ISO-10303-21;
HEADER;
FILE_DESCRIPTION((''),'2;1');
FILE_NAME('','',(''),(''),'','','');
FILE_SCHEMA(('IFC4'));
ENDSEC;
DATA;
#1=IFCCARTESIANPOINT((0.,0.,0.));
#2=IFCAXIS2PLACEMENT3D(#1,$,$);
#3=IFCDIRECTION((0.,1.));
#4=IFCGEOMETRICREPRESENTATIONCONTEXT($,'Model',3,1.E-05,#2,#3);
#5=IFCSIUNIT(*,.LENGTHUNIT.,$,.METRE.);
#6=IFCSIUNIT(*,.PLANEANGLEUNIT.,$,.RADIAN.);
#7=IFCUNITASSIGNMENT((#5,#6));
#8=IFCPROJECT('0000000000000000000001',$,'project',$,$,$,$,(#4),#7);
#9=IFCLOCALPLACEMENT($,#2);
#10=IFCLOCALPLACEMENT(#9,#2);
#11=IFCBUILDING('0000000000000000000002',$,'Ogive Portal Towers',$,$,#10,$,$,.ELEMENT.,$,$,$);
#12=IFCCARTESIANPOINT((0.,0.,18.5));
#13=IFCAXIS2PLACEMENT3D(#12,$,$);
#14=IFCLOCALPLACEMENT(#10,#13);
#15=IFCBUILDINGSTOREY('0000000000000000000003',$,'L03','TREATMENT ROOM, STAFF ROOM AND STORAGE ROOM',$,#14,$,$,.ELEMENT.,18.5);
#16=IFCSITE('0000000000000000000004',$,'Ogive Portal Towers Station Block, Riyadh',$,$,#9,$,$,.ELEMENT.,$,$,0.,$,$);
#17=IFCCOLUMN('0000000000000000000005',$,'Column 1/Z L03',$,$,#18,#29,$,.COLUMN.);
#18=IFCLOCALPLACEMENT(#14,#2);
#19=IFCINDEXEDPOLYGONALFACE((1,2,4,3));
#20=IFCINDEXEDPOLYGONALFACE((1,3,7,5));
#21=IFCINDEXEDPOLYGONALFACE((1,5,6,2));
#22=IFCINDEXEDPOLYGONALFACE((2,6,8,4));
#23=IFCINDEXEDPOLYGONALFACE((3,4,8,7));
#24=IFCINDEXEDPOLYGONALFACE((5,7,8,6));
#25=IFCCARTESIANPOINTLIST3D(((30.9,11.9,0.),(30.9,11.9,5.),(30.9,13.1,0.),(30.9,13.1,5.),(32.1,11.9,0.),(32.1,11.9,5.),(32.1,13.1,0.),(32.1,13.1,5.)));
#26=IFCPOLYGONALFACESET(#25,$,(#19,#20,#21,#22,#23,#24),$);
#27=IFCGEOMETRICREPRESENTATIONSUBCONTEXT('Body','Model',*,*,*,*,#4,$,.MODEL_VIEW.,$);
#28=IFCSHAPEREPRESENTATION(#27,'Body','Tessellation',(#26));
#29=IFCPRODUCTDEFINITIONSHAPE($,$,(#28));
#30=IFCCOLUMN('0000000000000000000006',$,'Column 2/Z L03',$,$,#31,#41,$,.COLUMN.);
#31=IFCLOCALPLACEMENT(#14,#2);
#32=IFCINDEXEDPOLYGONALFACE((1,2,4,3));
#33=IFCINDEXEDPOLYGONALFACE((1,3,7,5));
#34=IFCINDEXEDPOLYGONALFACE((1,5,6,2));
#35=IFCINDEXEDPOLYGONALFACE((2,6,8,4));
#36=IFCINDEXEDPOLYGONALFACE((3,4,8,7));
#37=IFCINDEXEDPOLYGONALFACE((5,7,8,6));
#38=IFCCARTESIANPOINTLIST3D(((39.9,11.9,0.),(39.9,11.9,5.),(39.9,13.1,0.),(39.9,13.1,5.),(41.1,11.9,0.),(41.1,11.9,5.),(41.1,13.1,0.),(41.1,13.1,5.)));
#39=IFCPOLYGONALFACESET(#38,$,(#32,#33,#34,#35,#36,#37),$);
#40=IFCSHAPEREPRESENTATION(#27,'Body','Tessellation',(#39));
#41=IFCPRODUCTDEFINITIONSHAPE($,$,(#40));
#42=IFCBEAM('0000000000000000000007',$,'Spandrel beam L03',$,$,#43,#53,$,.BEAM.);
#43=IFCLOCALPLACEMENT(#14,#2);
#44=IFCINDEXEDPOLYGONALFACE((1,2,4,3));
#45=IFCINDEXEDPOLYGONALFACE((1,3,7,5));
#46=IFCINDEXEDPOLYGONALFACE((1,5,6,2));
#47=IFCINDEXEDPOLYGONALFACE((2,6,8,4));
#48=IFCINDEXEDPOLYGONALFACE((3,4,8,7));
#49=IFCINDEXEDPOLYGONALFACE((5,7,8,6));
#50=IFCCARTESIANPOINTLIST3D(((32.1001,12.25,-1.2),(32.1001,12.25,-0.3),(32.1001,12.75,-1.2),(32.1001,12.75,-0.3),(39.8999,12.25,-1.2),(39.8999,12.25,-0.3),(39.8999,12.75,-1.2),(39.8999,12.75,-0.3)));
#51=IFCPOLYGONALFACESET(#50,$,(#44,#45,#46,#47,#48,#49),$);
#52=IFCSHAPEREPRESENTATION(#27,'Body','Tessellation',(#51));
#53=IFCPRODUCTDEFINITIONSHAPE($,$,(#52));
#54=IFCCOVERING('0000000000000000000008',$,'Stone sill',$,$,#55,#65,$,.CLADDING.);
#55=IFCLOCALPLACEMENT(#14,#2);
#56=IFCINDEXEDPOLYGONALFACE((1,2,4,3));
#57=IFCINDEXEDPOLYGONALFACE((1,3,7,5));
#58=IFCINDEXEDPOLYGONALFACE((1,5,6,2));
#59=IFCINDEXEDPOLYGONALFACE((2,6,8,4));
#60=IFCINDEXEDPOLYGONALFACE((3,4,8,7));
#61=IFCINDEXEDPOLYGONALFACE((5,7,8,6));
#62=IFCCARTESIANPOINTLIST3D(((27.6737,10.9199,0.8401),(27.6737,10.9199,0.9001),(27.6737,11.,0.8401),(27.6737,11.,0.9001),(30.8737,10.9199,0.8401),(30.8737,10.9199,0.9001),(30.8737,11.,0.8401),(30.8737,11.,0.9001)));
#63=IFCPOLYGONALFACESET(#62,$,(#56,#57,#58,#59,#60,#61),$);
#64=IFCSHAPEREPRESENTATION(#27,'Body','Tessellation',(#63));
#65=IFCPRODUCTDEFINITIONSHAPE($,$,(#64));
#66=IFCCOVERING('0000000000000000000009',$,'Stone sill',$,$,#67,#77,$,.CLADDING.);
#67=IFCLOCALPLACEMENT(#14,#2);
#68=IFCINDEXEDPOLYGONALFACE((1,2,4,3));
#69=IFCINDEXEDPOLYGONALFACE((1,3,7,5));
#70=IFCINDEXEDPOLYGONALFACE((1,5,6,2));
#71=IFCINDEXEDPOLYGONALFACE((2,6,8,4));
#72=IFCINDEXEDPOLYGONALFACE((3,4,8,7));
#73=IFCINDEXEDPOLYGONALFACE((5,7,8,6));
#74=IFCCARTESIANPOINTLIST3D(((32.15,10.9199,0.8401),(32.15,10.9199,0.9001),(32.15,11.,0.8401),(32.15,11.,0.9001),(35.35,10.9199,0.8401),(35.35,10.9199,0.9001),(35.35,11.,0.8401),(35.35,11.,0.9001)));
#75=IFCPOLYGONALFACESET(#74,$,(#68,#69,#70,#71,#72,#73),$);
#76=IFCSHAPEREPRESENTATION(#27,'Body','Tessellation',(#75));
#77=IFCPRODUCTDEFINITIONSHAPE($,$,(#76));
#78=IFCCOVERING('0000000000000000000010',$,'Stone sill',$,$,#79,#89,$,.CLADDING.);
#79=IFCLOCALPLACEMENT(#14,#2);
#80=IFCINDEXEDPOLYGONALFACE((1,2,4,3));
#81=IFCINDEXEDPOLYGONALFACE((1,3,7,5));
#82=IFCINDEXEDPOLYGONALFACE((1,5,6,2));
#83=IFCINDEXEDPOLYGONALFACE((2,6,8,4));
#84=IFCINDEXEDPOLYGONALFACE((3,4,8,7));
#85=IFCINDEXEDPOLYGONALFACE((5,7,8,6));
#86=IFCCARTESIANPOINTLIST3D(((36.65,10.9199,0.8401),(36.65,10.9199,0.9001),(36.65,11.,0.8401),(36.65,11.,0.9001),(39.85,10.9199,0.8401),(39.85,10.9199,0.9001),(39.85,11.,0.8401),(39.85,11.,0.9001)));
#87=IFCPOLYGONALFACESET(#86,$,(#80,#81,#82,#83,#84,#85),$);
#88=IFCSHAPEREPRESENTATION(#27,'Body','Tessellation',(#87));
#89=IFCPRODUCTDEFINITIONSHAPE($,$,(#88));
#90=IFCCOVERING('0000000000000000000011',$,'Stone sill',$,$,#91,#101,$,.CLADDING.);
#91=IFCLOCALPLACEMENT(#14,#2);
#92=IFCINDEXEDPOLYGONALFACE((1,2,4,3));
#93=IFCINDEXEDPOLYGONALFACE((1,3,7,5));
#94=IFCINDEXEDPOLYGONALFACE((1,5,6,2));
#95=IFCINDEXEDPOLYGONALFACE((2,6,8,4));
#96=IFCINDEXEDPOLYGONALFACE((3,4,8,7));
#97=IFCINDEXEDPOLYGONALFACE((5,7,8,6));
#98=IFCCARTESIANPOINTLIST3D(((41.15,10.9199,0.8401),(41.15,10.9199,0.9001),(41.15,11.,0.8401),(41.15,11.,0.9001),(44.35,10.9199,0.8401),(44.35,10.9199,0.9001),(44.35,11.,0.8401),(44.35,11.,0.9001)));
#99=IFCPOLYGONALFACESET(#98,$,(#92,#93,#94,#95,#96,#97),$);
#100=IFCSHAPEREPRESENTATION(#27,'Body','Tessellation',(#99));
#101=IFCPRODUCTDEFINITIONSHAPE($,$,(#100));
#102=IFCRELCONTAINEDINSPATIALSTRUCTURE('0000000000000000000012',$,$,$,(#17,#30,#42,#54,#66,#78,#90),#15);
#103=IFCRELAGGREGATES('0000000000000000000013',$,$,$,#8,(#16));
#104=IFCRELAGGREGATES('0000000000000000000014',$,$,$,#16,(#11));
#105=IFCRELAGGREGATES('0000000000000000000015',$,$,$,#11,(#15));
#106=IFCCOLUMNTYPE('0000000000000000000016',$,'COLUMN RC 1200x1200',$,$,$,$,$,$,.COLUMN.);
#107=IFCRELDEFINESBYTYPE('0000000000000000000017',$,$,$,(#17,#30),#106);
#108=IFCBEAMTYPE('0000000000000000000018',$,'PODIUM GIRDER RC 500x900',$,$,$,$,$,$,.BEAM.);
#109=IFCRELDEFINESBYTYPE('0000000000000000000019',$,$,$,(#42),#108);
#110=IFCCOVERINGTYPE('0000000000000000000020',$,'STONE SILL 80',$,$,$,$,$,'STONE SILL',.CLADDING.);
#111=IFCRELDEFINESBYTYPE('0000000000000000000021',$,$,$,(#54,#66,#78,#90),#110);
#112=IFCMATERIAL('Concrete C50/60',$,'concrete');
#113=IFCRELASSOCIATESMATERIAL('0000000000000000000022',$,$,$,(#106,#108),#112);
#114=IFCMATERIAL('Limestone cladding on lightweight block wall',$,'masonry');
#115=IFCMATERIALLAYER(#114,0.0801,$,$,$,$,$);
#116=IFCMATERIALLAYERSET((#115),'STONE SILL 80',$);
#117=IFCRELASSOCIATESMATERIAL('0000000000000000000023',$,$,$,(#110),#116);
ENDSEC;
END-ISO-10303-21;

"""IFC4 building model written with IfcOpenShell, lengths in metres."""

from ifc_helpers import new_model, si_unit, direction, frame, origin, origin_2d, place, context, subcontext, project, spatial, rectangle, extrude, material, layer, layer_set, material_profile, profile_set, type_object, element, save


model = new_model("IFC4")

# Units and contexts
model_context = context("Model", 3, precision=1e-05, world=origin(), true_north=direction((0.0, 1.0)))
body_context = subcontext(model_context, "Body", "Model", "MODEL_VIEW")
ifc_project = project(units=[si_unit("LENGTHUNIT", "METRE"), si_unit("PLANEANGLEUNIT", "RADIAN")], contexts=[model_context])

# Site, building, storey
site_placement = place(None, origin())
site = spatial("IfcSite", under=ifc_project, at=site_placement, Name="Ogive Portal Towers Station Block, Riyadh", CompositionType="ELEMENT", RefElevation=0.0)
building_placement = place(site_placement, origin())
building = spatial("IfcBuilding", under=site, at=building_placement, Name="Ogive Portal Towers", CompositionType="ELEMENT")
storey_placement = place(building_placement, frame((0.0, 0.0, 18.5)))
storey = spatial("IfcBuildingStorey", under=building, at=storey_placement, Name="L03", Description="TREATMENT ROOM, STAFF ROOM AND STORAGE ROOM", CompositionType="ELEMENT", Elevation=18.5)

# Columns
ifc_material_1 = material(Name="Concrete C50/60", Category="concrete")
ifc_material_profile_1 = material_profile(ifc_material_1, rectangle(XDim=1.2, YDim=1.2, at=origin_2d()), Name="RC 1200x1200")
ifc_profile_set_1 = profile_set([ifc_material_profile_1], Name="Concrete C50/60")
column_type = type_object("IfcColumnType", Name="COLUMN RC 1200x1200", PredefinedType="COLUMN", material=ifc_profile_set_1)
for number, where, z_axis, x_axis, name in (
    (1, (31.5, 12.5, 0.0), (0.0, 0.0, 1.0), (1.0, 0.0, 0.0), "Column 1/Z L03"),
    (2, (40.5, 12.5, 0.0), (0.0, 0.0, 1.0), (1.0, 0.0, 0.0), "Column 2/Z L03"),
):
    element("IfcColumn", number, at=place(storey_placement, frame(where, z_axis=z_axis, x_axis=x_axis)), inside=storey, type_object=column_type, Name=name, PredefinedType="COLUMN", context=body_context, shape_type="SweptSolid", body=[
        extrude(rectangle(XDim=1.2, YDim=1.2, at=origin_2d()), origin(), (0.0, 0.0, 1.0), 5.0),
    ])

# Beam
ifc_material_profile_2 = material_profile(ifc_material_1, rectangle(XDim=0.5, YDim=0.8999, at=origin_2d()), Name="RC 500x900")
ifc_profile_set_2 = profile_set([ifc_material_profile_2], Name="Concrete C50/60")
beam_type = type_object("IfcBeamType", Name="PODIUM GIRDER RC 500x900", PredefinedType="BEAM", material=ifc_profile_set_2)
beam_placement = place(storey_placement, frame((32.1001, 12.5, -0.75), z_axis=(1.0, 0.0, 0.0), x_axis=(0.0, 1.0, 0.0)))
element("IfcBeam", 3, at=beam_placement, inside=storey, type_object=beam_type, Name="Spandrel beam L03", PredefinedType="BEAM", context=body_context, shape_type="SweptSolid", body=[
    extrude(rectangle(XDim=0.5, YDim=0.8999, at=origin_2d()), origin(), (0.0, 0.0, 1.0), 7.7998),
])

# Shared definitions
ifc_material_2 = material(Name="Limestone cladding on lightweight block wall", Category="masonry")

# Coverings
ifc_layer_1 = layer(ifc_material_2, 0.0801)
ifc_layer_set_1 = layer_set([ifc_layer_1], Name="STONE SILL 80")
covering_type = type_object("IfcCoveringType", Name="STONE SILL 80", ElementType="STONE SILL", PredefinedType="CLADDING", material=ifc_layer_set_1)
for number, where, z_axis, x_axis, name in (
    (4, (29.2737, 10.96, 0.8401), (0.0, 0.0, 1.0), (1.0, 0.0, 0.0), "Stone sill"),
    (5, (33.75, 10.96, 0.8401), (0.0, 0.0, 1.0), (1.0, 0.0, 0.0), "Stone sill"),
    (6, (38.25, 10.96, 0.8401), (0.0, 0.0, 1.0), (1.0, 0.0, 0.0), "Stone sill"),
    (7, (42.75, 10.96, 0.8401), (0.0, 0.0, 1.0), (1.0, 0.0, 0.0), "Stone sill"),
):
    element("IfcCovering", number, at=place(storey_placement, frame(where, z_axis=z_axis, x_axis=x_axis)), inside=storey, type_object=covering_type, Name=name, PredefinedType="CLADDING", context=body_context, shape_type="SweptSolid", body=[
        extrude(rectangle(XDim=3.2, YDim=0.0801, at=origin_2d()), origin(), (0.0, 0.0, 1.0), 0.0601),
    ])

save(model, "model.ifc")
